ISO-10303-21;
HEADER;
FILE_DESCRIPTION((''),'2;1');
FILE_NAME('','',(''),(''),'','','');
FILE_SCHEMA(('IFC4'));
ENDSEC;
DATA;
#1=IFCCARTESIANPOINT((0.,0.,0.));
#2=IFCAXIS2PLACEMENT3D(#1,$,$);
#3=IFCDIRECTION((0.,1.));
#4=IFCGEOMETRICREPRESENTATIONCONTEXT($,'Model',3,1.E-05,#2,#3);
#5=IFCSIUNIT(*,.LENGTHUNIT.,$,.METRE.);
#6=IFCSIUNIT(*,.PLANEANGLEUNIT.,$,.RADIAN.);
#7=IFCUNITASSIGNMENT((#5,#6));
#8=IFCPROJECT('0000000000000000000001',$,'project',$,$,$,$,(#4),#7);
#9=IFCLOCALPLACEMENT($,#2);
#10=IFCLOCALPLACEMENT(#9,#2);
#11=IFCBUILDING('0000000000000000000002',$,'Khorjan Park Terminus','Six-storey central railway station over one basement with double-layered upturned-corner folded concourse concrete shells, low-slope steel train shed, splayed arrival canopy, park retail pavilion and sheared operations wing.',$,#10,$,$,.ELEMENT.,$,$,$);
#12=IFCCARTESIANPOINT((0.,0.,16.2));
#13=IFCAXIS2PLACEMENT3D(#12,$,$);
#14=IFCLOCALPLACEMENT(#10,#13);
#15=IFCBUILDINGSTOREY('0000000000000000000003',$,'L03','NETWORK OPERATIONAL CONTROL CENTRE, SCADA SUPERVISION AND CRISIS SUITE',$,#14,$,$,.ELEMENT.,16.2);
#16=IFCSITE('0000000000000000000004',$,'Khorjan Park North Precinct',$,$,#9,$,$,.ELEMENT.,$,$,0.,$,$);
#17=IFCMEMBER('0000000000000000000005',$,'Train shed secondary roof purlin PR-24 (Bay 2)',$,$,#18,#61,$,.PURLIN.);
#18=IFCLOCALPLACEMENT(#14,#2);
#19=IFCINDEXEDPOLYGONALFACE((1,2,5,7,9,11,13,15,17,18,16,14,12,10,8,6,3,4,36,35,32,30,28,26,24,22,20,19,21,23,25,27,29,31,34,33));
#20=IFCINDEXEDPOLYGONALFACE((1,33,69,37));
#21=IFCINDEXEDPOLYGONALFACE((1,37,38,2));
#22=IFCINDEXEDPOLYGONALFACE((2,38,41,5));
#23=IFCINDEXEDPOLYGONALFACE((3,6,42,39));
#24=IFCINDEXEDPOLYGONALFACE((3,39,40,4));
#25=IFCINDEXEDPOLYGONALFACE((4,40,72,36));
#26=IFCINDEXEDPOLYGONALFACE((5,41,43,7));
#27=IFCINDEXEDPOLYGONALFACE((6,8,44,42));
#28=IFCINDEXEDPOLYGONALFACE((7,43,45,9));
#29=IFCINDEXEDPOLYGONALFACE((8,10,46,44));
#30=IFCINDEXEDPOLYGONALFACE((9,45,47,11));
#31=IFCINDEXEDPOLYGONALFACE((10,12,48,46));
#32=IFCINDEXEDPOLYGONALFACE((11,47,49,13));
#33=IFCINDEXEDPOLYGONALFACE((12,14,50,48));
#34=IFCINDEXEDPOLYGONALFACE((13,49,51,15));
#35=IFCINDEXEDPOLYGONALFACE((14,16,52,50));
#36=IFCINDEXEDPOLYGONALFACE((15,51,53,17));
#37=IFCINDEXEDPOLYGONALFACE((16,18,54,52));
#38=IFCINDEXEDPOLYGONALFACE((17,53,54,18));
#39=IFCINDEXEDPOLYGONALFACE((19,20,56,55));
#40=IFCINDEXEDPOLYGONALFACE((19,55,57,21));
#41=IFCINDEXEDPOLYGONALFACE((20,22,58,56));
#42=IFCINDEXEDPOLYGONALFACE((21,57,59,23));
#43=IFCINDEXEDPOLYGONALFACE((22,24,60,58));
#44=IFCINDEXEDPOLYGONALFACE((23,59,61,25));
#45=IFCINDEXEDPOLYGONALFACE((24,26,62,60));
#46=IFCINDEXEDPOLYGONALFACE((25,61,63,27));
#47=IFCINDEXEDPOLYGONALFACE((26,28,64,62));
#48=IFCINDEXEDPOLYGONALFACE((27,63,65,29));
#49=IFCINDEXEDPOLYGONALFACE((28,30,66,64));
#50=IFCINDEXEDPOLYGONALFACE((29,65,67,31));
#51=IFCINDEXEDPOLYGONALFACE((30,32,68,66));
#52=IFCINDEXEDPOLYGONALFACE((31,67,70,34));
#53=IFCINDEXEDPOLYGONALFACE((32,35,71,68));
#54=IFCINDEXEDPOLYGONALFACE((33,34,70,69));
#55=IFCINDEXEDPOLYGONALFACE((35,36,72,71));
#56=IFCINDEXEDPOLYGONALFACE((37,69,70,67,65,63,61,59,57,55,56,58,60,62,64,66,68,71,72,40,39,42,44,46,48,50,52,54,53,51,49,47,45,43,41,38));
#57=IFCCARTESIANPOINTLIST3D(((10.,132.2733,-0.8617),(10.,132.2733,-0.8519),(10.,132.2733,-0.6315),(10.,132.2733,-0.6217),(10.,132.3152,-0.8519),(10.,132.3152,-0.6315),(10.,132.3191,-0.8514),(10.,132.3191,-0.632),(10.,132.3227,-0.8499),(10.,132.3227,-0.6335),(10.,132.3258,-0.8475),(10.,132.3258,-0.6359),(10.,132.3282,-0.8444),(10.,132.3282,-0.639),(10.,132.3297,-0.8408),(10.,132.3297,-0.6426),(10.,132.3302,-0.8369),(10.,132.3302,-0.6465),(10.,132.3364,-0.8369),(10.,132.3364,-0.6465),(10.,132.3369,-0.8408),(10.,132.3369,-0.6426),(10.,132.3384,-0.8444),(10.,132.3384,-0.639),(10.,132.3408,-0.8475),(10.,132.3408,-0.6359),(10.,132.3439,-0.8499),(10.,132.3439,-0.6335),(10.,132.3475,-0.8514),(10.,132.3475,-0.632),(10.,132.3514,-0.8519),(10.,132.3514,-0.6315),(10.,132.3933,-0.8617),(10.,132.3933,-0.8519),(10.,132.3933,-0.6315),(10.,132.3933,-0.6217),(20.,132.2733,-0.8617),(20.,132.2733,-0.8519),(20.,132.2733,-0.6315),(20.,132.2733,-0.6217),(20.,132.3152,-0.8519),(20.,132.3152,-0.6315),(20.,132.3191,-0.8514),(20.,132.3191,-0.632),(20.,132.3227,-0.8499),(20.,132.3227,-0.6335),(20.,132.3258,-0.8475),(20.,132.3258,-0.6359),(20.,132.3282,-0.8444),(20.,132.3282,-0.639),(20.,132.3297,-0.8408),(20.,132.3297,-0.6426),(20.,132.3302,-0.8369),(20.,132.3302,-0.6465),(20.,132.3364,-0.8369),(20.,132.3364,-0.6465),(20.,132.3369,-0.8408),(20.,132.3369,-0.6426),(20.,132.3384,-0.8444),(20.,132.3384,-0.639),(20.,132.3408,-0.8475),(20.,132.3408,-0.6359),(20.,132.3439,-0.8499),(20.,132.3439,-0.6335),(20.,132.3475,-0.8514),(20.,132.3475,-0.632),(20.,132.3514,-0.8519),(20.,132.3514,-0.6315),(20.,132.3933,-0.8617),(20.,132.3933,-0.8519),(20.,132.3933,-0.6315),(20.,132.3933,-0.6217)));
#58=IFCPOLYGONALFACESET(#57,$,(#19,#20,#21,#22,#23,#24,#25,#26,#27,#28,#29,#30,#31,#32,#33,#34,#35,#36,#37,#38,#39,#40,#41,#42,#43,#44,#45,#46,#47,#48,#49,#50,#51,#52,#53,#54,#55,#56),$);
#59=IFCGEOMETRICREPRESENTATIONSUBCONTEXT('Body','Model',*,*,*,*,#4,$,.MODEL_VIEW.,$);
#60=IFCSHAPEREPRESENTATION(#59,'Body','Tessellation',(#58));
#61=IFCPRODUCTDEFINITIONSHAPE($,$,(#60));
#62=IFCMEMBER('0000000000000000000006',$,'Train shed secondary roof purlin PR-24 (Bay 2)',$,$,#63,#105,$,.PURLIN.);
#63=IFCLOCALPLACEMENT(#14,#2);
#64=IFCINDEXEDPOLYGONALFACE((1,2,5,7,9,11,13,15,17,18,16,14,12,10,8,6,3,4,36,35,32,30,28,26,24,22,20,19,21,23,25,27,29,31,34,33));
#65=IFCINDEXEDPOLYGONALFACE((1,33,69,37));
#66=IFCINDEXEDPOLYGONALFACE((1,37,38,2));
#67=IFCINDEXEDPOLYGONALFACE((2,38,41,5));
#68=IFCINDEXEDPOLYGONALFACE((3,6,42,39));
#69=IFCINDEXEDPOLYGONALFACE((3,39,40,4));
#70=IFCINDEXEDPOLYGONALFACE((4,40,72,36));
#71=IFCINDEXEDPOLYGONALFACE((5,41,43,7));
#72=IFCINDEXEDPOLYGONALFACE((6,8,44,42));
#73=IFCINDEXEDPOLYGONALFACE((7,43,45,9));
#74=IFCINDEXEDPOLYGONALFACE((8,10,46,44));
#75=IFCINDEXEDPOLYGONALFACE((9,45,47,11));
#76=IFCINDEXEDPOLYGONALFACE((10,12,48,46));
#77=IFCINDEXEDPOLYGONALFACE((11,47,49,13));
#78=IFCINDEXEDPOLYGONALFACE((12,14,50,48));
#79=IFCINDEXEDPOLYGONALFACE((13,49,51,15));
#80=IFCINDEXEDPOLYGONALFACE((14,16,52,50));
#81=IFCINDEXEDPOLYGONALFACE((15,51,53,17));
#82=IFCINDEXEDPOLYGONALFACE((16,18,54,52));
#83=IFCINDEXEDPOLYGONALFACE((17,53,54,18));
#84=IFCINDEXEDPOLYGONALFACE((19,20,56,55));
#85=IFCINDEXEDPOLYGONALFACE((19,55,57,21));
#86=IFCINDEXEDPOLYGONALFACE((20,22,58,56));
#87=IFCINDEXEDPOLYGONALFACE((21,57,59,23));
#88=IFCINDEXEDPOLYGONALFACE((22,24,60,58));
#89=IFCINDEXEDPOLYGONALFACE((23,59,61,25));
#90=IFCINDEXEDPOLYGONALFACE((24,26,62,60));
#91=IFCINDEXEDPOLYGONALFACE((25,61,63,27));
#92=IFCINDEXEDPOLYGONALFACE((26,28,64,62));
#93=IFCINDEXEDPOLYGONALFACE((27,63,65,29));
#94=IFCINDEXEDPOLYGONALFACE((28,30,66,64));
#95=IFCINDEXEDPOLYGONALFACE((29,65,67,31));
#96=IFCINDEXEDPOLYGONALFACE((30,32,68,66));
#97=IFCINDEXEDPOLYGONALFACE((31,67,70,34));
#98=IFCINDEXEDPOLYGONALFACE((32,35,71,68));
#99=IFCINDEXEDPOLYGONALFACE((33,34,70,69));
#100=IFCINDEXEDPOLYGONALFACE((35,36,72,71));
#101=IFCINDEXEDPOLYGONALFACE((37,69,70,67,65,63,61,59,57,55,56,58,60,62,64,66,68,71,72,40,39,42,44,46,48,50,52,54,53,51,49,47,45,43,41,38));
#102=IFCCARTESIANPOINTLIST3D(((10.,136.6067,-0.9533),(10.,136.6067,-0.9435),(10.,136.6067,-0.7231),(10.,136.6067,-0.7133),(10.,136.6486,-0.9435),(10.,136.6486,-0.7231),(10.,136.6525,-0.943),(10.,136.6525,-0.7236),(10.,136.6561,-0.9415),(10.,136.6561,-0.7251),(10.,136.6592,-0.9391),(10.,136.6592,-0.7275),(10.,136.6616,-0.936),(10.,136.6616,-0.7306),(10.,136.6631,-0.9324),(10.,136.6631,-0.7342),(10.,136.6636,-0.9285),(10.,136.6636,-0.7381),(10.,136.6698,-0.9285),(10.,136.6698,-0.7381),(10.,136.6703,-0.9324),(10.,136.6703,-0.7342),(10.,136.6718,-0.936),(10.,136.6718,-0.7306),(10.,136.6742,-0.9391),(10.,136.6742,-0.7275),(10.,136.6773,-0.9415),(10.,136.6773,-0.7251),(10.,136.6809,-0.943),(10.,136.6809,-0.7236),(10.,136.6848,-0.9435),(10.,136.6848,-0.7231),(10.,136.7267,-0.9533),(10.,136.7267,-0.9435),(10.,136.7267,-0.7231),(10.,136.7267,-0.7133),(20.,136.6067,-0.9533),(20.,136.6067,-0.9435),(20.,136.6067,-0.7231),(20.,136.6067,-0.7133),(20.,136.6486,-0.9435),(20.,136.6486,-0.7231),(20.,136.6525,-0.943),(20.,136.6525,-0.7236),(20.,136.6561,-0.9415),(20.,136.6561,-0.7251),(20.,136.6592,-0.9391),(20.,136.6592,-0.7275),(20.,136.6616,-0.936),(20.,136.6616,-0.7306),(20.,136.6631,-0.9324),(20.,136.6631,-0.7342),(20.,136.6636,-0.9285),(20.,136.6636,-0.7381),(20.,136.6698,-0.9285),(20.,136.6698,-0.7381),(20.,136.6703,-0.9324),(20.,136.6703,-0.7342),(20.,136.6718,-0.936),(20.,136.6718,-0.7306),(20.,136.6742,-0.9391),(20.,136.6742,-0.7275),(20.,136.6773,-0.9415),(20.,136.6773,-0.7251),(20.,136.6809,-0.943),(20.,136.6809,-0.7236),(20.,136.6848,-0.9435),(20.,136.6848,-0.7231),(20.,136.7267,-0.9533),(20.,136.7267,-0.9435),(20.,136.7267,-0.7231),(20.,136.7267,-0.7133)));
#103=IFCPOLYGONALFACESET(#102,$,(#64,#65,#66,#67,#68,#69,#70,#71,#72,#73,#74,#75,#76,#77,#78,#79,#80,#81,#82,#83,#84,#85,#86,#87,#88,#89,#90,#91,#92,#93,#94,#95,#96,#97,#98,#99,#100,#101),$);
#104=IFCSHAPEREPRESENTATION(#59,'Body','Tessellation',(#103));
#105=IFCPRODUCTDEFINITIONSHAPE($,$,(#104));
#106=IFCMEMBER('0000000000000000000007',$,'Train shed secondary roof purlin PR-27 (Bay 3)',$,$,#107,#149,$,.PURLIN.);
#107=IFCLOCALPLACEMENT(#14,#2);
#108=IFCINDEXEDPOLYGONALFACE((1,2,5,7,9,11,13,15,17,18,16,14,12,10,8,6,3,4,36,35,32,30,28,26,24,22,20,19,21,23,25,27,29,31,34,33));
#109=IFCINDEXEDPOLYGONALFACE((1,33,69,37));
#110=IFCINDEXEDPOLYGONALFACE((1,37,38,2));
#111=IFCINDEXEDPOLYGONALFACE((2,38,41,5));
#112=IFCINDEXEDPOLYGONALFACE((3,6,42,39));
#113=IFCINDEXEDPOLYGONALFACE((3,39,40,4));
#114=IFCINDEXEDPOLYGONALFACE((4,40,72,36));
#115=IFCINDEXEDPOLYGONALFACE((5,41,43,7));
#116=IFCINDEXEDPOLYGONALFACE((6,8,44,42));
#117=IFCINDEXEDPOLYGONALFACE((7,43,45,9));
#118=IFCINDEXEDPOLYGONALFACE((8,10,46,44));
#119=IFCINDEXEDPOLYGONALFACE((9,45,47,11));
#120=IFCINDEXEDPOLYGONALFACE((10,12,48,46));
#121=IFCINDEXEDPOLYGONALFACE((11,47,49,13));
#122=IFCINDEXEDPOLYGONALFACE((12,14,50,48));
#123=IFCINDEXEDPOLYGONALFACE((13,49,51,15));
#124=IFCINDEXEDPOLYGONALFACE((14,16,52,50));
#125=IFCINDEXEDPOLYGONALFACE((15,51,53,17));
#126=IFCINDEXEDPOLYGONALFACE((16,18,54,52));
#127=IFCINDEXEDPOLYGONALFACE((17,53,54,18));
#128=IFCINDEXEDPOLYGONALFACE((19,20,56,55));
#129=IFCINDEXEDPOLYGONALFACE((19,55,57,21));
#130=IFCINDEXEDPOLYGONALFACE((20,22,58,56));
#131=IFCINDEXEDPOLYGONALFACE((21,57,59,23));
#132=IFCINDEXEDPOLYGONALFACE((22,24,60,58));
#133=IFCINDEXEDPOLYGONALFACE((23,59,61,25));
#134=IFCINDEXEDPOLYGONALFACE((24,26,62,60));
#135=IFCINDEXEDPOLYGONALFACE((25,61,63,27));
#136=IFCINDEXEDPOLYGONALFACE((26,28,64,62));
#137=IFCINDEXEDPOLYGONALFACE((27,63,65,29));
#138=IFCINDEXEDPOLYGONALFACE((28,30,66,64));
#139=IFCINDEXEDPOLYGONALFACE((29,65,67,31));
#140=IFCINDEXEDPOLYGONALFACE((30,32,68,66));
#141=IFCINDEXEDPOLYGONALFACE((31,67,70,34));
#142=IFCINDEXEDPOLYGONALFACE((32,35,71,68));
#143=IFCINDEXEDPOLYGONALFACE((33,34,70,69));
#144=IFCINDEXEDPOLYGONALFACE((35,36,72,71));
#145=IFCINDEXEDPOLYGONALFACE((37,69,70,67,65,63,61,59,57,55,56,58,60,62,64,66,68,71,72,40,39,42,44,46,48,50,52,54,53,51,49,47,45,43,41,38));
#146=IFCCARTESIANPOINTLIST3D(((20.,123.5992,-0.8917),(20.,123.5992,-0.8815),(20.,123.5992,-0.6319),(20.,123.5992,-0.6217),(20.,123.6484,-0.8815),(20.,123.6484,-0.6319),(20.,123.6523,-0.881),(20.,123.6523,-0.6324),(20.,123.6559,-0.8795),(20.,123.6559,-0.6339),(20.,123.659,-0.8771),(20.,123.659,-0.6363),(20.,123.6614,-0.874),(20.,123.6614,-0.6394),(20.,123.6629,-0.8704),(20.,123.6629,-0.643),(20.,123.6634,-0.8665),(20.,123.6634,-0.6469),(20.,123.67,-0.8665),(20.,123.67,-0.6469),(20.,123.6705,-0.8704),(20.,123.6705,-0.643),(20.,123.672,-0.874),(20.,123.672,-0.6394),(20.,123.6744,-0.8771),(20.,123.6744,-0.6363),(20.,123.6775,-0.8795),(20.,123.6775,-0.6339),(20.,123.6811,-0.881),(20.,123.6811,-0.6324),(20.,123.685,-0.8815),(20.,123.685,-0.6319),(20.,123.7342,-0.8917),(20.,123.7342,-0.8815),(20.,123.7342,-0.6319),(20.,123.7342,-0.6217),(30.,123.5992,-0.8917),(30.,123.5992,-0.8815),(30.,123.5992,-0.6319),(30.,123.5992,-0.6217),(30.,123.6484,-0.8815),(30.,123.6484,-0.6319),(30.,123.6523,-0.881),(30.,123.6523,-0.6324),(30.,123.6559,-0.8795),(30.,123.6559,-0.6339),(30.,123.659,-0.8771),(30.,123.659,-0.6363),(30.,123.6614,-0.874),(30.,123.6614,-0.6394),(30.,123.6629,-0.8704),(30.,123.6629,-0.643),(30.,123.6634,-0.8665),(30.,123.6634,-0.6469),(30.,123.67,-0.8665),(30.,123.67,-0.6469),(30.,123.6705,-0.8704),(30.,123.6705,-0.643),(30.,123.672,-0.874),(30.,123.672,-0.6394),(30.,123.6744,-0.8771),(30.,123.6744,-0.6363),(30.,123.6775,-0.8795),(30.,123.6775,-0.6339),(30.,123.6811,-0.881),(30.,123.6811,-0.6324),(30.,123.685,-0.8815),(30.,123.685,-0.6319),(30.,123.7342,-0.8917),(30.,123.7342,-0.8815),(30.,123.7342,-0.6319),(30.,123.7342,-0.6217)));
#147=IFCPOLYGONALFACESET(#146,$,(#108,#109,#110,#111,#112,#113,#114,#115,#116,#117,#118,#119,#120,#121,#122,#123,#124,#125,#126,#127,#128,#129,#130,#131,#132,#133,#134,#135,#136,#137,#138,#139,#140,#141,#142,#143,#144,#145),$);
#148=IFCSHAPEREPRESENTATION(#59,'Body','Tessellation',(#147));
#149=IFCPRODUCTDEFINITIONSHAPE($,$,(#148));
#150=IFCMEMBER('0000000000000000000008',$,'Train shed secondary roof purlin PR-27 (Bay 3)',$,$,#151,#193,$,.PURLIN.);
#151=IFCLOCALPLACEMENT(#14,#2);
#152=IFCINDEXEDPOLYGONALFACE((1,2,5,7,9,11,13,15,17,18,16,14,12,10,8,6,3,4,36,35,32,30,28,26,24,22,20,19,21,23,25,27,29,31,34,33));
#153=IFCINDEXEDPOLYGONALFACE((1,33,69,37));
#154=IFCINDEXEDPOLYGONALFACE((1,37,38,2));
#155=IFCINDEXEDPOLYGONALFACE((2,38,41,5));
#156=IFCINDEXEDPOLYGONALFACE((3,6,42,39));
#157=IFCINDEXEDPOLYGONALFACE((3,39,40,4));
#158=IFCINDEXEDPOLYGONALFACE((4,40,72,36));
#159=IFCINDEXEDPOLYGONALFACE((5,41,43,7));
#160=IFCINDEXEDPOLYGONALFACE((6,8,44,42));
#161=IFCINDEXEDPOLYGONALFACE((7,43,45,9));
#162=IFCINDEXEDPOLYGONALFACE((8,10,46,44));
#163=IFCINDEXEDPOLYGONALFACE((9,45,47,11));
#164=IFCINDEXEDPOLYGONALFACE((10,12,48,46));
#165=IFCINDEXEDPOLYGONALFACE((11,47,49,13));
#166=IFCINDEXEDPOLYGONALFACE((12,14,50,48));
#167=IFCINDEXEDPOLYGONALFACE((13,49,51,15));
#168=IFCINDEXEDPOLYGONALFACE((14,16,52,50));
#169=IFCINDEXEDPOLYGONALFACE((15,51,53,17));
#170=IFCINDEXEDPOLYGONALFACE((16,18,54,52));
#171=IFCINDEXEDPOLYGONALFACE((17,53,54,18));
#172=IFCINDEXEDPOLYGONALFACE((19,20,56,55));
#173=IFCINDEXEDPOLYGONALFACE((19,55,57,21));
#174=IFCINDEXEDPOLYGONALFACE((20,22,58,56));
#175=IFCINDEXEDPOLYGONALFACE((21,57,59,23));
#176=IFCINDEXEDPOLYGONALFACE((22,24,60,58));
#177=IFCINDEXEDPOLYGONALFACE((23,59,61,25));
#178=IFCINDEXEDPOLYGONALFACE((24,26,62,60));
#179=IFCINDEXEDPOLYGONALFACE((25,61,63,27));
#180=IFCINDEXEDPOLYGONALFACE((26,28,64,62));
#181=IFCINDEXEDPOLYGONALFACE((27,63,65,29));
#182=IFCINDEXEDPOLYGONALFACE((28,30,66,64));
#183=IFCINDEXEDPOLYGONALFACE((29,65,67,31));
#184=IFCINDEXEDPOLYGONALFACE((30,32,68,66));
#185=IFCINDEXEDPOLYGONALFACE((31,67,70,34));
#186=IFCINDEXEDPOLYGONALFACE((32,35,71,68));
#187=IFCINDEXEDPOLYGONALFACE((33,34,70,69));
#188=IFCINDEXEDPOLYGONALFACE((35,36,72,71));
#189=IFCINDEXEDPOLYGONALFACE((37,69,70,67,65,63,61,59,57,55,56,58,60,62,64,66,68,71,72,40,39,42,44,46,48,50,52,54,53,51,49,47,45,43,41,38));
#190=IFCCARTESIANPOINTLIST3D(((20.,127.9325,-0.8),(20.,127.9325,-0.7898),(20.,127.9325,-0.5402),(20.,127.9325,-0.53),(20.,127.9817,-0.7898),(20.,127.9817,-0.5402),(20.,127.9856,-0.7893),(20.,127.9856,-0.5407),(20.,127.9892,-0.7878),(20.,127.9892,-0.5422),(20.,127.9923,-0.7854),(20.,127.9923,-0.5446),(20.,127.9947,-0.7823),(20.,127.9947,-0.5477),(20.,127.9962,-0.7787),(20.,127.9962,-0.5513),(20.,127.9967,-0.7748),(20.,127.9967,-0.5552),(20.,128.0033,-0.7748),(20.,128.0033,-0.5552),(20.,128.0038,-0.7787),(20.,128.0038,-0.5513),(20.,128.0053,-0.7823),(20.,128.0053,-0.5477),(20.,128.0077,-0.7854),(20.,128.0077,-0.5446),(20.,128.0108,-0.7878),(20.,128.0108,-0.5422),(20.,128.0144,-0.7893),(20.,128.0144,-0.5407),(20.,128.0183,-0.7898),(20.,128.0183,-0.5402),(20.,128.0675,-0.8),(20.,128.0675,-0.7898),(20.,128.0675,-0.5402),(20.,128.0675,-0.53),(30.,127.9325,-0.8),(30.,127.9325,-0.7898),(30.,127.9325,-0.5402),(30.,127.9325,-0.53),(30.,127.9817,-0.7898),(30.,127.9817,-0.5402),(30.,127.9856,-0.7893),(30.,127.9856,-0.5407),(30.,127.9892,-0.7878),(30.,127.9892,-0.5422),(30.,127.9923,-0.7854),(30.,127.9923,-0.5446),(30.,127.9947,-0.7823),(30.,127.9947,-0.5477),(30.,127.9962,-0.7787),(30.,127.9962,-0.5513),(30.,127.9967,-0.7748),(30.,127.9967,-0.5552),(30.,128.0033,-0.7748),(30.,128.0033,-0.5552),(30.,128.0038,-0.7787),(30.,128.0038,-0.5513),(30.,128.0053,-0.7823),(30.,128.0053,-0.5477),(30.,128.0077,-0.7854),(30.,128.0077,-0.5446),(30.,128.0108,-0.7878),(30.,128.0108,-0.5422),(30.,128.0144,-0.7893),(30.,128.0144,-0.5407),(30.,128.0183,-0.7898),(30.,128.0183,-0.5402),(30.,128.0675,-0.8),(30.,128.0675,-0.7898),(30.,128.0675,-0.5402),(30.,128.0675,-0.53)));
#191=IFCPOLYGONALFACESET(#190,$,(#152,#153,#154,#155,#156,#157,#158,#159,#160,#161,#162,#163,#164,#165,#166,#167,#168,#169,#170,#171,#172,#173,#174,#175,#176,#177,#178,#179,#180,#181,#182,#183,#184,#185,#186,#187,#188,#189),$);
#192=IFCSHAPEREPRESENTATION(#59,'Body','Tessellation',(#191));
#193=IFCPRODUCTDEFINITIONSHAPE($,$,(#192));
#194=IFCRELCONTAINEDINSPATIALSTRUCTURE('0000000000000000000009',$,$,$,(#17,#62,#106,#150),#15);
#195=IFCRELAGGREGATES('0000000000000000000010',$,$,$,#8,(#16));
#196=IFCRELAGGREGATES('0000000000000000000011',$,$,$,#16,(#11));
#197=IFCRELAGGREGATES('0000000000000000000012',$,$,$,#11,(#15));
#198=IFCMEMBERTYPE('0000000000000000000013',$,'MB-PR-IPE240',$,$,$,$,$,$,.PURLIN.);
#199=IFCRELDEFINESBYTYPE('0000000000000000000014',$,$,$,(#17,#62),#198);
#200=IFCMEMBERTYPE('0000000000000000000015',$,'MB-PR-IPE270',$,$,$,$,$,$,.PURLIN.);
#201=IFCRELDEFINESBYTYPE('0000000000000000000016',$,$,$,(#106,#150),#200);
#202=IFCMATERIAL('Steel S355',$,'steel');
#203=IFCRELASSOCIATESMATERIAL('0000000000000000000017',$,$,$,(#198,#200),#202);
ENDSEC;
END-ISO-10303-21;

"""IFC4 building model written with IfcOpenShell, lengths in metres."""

from ifc_helpers import new_model, si_unit, direction, frame, origin, origin_2d, place, context, subcontext, project, spatial, i_section, extrude, material, material_profile, profile_set, type_object, element, save


model = new_model("IFC4")

# Units and contexts
model_context = context("Model", 3, precision=1e-05, world=origin(), true_north=direction((0.0, 1.0)))
body_context = subcontext(model_context, "Body", "Model", "MODEL_VIEW")
ifc_project = project(units=[si_unit("LENGTHUNIT", "METRE"), si_unit("PLANEANGLEUNIT", "RADIAN")], contexts=[model_context])

# Site, building, storey
site_placement = place(None, origin())
site = spatial("IfcSite", under=ifc_project, at=site_placement, Name="Khorjan Park North Precinct", CompositionType="ELEMENT", RefElevation=0.0)
building_placement = place(site_placement, origin())
building = spatial("IfcBuilding", under=site, at=building_placement, Name="Khorjan Park Terminus", Description="Six-storey central railway station over one basement with double-layered upturned-corner folded concourse concrete shells, low-slope steel train shed, splayed arrival canopy, park retail pavilion and sheared operations wing.", CompositionType="ELEMENT")
storey_placement = place(building_placement, frame((0.0, 0.0, 16.2)))
storey = spatial("IfcBuildingStorey", under=building, at=storey_placement, Name="L03", Description="NETWORK OPERATIONAL CONTROL CENTRE, SCADA SUPERVISION AND CRISIS SUITE", CompositionType="ELEMENT", Elevation=16.2)

# Members
ifc_material = material(Name="Steel S355", Category="steel")
ifc_material_profile_1 = material_profile(ifc_material, i_section(OverallWidth=0.12, OverallDepth=0.24, WebThickness=0.0062, FlangeThickness=0.0098, FilletRadius=0.015, at=origin_2d()), Name="IPE 240")
ifc_profile_set_1 = profile_set([ifc_material_profile_1], Name="Steel S355")
member_type_1 = type_object("IfcMemberType", Name="MB-PR-IPE240", PredefinedType="PURLIN", material=ifc_profile_set_1)
for number, where, z_axis, x_axis, name in (
    (1, (10.0, 132.3333, -0.7417), (1.0, 0.0, 0.0), (0.0, 1.0, 0.0), "Train shed secondary roof purlin PR-24 (Bay 2)"),
    (2, (10.0, 136.6667, -0.8333), (1.0, 0.0, 0.0), (0.0, 1.0, 0.0), "Train shed secondary roof purlin PR-24 (Bay 2)"),
):
    element("IfcMember", number, at=place(storey_placement, frame(where, z_axis=z_axis, x_axis=x_axis)), inside=storey, type_object=member_type_1, Name=name, PredefinedType="PURLIN", context=body_context, shape_type="SweptSolid", body=[
        extrude(i_section(OverallWidth=0.12, OverallDepth=0.24, WebThickness=0.0062, FlangeThickness=0.0098, FilletRadius=0.015, at=origin_2d()), origin(), (0.0, 0.0, 1.0), 10.0),
    ])
ifc_material_profile_2 = material_profile(ifc_material, i_section(OverallWidth=0.135, OverallDepth=0.27, WebThickness=0.0066, FlangeThickness=0.0102, FilletRadius=0.015, at=origin_2d()), Name="IPE 270")
ifc_profile_set_2 = profile_set([ifc_material_profile_2], Name="Steel S355")
member_type_2 = type_object("IfcMemberType", Name="MB-PR-IPE270", PredefinedType="PURLIN", material=ifc_profile_set_2)
for number, where, z_axis, x_axis, name in (
    (3, (20.0, 123.6667, -0.7567), (1.0, 0.0, 0.0), (0.0, 1.0, 0.0), "Train shed secondary roof purlin PR-27 (Bay 3)"),
    (4, (20.0, 128.0, -0.665), (1.0, 0.0, 0.0), (0.0, 1.0, 0.0), "Train shed secondary roof purlin PR-27 (Bay 3)"),
):
    element("IfcMember", number, at=place(storey_placement, frame(where, z_axis=z_axis, x_axis=x_axis)), inside=storey, type_object=member_type_2, Name=name, PredefinedType="PURLIN", context=body_context, shape_type="SweptSolid", body=[
        extrude(i_section(OverallWidth=0.135, OverallDepth=0.27, WebThickness=0.0066, FlangeThickness=0.0102, FilletRadius=0.015, at=origin_2d()), origin(), (0.0, 0.0, 1.0), 10.0),
    ])

save(model, "model.ifc")
